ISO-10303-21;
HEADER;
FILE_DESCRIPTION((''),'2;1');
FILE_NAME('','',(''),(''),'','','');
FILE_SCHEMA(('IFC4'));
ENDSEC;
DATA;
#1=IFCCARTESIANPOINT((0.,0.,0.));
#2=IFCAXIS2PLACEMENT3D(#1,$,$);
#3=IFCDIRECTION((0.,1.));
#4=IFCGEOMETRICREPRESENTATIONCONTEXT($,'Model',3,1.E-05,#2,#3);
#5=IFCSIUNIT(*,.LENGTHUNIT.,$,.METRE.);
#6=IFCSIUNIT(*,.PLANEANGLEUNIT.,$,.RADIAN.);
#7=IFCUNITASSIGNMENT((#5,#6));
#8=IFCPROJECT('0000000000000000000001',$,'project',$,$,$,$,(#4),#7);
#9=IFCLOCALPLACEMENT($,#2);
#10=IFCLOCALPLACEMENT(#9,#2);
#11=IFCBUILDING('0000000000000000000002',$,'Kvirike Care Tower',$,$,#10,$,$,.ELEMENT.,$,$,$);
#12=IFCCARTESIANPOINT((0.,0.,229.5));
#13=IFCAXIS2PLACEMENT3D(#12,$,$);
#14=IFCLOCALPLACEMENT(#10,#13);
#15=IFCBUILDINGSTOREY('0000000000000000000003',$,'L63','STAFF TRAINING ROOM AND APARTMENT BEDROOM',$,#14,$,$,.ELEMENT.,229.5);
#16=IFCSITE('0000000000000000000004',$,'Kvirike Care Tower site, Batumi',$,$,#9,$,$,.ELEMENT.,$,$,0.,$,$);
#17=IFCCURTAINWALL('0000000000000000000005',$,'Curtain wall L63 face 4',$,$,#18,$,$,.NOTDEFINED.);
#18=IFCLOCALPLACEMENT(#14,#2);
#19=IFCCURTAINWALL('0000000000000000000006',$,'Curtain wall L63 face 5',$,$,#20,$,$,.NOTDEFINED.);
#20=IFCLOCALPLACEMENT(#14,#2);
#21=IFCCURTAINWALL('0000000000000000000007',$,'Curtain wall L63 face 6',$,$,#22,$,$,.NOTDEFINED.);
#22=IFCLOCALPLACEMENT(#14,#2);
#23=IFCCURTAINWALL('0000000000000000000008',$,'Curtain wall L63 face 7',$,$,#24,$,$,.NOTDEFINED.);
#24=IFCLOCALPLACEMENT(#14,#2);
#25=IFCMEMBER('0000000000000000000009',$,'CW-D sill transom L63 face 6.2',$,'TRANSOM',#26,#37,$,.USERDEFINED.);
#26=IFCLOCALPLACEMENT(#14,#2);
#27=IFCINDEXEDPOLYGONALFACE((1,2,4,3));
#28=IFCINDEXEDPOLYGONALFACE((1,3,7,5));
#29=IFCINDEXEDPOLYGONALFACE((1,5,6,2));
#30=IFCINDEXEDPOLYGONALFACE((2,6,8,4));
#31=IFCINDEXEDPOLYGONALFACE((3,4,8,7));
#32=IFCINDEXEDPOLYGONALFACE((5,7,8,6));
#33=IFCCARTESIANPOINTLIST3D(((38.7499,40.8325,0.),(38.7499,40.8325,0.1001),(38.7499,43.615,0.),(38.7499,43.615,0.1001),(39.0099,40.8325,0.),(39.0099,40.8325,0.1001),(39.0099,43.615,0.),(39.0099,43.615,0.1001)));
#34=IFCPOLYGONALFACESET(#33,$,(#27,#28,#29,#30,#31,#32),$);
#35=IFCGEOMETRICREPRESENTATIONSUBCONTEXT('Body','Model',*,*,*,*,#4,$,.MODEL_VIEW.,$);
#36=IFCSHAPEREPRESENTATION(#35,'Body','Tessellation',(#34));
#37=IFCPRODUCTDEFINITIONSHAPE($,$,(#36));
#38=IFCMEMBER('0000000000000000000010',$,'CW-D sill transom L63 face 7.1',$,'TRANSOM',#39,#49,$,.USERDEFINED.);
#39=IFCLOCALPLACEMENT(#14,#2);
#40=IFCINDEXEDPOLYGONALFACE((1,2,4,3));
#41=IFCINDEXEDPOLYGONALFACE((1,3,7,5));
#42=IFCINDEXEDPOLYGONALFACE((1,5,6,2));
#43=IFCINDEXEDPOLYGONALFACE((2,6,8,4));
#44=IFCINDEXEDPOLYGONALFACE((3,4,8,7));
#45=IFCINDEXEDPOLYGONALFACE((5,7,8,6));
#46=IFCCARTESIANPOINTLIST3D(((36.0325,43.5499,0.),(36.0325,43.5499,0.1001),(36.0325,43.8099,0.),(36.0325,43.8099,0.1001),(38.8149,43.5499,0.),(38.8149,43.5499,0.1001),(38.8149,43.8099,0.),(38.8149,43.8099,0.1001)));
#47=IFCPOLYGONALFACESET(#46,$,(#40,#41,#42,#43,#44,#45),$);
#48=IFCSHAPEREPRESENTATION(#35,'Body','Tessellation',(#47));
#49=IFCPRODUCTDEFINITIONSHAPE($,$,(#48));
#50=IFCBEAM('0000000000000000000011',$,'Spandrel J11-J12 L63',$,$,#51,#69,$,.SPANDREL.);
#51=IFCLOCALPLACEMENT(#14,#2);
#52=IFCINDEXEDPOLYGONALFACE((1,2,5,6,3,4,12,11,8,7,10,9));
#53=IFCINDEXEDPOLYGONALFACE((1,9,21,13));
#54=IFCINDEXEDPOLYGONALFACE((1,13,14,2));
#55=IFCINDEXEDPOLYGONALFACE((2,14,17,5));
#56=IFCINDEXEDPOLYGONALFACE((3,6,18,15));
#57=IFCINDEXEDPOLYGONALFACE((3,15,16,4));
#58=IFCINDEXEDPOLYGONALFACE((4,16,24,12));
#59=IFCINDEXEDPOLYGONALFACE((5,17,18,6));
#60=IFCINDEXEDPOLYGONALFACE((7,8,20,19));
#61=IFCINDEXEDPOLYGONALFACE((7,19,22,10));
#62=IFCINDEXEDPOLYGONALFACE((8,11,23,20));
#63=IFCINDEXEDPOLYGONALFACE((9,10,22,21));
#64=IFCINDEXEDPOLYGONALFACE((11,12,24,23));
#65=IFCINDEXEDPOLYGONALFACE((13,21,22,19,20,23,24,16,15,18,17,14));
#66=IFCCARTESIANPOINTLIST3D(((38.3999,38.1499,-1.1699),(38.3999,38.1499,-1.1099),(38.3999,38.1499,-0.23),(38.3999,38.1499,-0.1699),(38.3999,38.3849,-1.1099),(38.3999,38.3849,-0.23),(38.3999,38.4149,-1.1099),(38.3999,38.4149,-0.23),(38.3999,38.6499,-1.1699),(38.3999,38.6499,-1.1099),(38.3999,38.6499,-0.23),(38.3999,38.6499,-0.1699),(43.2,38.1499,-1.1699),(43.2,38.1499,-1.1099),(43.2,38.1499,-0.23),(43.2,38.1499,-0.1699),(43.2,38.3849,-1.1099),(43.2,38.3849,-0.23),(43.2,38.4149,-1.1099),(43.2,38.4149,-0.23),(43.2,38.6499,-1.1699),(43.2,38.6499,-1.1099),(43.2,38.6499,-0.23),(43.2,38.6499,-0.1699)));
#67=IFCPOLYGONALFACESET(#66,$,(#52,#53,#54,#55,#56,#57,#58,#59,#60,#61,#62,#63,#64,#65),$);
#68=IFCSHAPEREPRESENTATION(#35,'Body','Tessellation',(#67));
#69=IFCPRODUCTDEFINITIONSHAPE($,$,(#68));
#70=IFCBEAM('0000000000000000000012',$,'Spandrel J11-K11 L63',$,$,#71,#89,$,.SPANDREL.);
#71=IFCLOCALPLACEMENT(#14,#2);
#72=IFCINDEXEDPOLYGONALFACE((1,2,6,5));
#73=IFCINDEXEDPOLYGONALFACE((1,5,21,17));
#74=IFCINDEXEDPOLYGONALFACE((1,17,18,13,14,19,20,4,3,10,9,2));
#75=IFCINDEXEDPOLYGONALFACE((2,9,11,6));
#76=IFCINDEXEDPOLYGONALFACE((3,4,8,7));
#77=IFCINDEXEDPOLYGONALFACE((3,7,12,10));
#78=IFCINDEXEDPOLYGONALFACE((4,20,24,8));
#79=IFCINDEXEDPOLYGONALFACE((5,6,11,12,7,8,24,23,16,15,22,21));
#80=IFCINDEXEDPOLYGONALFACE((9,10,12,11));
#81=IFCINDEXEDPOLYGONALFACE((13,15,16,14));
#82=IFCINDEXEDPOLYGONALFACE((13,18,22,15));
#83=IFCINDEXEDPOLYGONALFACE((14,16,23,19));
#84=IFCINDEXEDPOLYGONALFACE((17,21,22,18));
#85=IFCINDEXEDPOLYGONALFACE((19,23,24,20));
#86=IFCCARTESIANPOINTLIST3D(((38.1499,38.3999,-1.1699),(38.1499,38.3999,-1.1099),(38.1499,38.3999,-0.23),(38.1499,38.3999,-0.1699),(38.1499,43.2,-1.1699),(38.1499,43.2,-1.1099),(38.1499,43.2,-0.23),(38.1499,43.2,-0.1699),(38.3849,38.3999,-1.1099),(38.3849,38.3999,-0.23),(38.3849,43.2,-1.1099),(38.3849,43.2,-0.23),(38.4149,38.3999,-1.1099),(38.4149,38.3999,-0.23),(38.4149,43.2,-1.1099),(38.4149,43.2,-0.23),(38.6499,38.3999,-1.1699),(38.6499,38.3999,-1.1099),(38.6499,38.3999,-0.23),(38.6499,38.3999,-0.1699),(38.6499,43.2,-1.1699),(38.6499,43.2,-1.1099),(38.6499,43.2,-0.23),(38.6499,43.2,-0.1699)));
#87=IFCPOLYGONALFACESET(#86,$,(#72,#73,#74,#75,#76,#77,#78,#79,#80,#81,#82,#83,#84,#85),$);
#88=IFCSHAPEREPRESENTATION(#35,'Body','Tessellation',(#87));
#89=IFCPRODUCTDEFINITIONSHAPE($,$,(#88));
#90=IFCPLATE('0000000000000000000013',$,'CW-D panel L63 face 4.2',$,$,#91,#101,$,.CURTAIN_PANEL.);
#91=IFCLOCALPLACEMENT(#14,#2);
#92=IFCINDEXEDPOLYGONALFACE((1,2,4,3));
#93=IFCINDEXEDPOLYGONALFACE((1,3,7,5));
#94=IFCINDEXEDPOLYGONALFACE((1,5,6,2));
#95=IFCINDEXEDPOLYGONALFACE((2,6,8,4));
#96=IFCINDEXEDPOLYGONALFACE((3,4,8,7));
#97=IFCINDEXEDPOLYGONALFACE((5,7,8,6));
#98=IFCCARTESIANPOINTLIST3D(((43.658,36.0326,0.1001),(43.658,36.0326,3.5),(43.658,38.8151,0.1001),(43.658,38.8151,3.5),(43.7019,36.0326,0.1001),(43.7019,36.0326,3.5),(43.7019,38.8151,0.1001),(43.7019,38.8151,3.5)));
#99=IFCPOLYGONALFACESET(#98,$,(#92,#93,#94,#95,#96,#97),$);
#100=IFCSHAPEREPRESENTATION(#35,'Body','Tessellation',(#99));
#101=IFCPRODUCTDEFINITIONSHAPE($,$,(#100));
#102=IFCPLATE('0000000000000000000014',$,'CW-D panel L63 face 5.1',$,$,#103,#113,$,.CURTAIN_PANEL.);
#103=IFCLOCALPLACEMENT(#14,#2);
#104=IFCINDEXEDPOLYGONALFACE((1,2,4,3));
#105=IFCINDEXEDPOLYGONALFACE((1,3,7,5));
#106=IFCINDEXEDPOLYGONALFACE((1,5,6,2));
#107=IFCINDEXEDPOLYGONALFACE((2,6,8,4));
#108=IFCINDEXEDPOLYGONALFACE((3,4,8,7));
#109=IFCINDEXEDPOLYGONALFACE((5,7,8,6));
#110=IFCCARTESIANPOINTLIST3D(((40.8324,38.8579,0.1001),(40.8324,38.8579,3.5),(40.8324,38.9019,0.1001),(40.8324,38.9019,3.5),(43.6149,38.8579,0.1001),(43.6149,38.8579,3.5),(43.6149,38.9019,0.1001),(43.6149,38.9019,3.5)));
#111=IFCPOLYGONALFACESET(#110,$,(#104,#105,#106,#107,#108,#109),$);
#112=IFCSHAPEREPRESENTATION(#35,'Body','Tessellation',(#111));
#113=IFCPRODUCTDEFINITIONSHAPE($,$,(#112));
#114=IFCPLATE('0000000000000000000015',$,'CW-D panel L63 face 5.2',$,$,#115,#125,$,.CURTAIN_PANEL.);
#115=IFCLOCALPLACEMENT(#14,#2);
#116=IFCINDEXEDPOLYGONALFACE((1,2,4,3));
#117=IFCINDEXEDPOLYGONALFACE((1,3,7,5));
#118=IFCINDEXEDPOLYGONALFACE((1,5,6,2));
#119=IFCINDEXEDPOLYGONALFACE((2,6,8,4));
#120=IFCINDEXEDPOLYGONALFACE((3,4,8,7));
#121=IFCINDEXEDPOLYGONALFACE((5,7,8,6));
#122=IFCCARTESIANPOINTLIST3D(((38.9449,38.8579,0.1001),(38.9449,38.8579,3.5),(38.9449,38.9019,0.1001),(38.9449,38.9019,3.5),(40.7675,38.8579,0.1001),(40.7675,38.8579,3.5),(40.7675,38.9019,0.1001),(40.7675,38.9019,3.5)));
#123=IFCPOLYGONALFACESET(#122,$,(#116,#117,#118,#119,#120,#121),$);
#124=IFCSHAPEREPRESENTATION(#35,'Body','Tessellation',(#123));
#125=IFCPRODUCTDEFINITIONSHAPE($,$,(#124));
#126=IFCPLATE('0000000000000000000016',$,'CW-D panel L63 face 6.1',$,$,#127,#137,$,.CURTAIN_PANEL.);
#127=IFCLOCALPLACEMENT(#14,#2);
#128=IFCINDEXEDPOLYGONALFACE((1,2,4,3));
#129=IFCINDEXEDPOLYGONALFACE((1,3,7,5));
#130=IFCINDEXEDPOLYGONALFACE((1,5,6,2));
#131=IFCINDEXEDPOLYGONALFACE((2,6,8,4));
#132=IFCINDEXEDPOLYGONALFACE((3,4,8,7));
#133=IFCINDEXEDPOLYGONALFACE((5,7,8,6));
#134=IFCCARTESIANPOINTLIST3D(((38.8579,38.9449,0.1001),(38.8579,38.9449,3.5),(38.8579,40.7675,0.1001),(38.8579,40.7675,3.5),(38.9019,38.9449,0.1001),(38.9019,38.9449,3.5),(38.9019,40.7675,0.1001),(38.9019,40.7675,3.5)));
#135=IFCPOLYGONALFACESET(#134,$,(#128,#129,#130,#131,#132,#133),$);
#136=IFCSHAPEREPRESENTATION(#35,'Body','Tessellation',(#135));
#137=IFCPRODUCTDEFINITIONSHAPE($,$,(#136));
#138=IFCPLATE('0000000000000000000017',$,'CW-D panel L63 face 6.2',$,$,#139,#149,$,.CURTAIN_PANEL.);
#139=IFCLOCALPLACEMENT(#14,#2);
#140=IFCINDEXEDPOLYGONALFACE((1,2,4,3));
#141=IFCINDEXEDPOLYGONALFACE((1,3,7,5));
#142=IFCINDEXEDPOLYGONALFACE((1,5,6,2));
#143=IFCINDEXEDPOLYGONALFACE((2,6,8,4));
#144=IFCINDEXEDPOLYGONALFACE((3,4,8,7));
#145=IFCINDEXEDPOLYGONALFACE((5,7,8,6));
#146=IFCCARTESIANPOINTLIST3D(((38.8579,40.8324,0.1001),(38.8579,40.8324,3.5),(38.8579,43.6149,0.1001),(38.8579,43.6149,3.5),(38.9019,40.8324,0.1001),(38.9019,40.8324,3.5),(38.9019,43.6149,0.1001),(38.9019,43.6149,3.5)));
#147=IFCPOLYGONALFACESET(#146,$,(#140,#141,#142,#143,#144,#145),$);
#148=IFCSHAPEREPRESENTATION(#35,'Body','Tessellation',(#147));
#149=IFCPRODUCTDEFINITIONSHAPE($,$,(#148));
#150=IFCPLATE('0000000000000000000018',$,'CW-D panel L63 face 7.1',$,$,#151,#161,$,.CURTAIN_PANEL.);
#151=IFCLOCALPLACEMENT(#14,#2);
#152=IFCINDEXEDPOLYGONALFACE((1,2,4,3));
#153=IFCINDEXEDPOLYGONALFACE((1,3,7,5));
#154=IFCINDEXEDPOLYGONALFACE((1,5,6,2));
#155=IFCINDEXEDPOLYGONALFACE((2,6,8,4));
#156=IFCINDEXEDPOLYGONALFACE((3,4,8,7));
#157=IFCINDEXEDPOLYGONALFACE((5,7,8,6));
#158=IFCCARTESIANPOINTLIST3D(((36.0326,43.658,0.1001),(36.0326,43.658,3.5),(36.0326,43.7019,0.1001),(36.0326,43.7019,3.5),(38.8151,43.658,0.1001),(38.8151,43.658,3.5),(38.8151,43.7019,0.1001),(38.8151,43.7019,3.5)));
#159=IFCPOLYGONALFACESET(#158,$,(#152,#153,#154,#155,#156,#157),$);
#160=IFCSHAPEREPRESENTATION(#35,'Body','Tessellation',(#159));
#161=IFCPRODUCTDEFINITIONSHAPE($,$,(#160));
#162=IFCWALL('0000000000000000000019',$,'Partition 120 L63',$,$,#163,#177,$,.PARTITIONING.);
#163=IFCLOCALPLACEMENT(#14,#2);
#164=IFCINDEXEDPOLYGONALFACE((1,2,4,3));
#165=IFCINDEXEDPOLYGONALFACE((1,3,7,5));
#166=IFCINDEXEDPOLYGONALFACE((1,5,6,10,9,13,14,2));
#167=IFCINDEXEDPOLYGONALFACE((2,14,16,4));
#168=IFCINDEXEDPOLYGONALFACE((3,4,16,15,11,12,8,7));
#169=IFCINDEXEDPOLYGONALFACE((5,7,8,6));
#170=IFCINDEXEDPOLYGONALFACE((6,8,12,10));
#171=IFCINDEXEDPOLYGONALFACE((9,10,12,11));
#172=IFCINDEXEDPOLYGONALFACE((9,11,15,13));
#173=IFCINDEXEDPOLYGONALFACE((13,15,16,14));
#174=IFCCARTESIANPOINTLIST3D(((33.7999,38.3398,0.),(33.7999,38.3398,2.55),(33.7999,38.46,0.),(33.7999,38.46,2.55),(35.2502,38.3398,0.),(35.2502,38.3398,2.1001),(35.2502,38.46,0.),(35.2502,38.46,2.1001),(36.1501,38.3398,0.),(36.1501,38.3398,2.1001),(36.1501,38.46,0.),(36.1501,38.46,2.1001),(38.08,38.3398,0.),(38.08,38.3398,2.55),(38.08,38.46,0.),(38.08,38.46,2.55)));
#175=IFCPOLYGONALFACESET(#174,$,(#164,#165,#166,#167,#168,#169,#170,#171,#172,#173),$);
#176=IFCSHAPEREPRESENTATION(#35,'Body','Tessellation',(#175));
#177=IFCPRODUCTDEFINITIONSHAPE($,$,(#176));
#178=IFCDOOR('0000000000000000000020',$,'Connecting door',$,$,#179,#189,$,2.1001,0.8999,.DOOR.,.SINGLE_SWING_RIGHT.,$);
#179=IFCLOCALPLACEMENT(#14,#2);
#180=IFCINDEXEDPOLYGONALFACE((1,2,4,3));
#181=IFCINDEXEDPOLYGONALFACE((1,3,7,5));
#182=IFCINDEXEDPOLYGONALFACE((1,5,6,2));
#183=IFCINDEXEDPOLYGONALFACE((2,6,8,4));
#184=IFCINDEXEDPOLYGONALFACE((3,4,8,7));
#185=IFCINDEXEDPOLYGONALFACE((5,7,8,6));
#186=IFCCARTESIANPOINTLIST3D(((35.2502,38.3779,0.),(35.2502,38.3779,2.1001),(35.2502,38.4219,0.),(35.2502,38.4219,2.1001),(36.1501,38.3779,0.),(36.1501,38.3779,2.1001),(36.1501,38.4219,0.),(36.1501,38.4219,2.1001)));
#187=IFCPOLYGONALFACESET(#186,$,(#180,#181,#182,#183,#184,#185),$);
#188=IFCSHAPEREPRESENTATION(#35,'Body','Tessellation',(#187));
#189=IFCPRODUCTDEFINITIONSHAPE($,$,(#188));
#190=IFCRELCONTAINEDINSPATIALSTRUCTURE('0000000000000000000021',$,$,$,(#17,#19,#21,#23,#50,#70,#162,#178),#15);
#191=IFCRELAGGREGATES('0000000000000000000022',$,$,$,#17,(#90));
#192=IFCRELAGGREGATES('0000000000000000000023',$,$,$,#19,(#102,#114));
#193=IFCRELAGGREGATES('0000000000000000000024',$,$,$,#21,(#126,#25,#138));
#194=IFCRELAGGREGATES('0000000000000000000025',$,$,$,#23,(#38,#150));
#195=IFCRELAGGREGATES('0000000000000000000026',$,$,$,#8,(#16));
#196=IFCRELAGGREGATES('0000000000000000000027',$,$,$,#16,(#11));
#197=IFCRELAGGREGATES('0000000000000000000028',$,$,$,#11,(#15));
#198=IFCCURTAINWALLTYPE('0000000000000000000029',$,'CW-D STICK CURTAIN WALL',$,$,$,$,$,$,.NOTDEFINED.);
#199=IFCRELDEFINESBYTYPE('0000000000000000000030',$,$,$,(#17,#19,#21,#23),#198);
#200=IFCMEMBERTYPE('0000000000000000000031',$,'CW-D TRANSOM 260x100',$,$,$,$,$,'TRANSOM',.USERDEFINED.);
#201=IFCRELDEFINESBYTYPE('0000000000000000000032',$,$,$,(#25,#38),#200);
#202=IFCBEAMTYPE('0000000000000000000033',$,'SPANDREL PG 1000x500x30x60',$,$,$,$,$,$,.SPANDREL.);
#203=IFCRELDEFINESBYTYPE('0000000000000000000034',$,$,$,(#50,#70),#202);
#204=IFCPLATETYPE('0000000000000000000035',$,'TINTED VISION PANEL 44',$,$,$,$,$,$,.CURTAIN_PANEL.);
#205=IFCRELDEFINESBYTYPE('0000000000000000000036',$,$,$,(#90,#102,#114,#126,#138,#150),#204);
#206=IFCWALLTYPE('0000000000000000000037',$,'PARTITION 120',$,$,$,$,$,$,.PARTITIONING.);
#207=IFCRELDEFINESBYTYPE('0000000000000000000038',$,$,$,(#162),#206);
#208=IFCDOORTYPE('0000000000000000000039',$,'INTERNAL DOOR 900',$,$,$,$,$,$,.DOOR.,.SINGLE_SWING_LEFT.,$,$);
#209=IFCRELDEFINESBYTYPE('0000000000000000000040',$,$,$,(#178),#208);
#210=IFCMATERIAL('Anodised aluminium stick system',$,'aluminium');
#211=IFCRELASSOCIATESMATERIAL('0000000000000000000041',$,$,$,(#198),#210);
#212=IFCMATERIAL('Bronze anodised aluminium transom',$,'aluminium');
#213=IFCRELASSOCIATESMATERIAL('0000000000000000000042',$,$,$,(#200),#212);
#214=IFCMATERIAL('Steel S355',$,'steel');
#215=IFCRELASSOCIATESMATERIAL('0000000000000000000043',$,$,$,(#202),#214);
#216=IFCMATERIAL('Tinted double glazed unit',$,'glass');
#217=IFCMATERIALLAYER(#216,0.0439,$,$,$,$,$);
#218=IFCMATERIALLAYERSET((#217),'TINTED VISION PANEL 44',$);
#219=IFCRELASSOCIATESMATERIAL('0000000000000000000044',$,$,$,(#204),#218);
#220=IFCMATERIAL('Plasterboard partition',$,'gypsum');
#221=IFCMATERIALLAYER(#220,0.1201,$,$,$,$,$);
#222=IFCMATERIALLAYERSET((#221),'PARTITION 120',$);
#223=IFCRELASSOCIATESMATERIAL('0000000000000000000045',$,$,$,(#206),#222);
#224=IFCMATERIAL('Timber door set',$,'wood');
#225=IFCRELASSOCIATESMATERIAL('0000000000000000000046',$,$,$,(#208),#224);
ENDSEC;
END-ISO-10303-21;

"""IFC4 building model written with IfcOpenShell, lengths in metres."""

from ifc_helpers import new_model, si_unit, direction, frame, frame_2d, origin, origin_2d, place, context, subcontext, project, spatial, rectangle, i_section, extrude, material, layer, layer_set, material_profile, profile_set, type_object, element, fill, aggregate, save


model = new_model("IFC4")

# Units and contexts
model_context = context("Model", 3, precision=1e-05, world=origin(), true_north=direction((0.0, 1.0)))
body_context = subcontext(model_context, "Body", "Model", "MODEL_VIEW")
ifc_project = project(units=[si_unit("LENGTHUNIT", "METRE"), si_unit("PLANEANGLEUNIT", "RADIAN")], contexts=[model_context])

# Site, building, storey
site_placement = place(None, origin())
site = spatial("IfcSite", under=ifc_project, at=site_placement, Name="Kvirike Care Tower site, Batumi", CompositionType="ELEMENT", RefElevation=0.0)
building_placement = place(site_placement, origin())
building = spatial("IfcBuilding", under=site, at=building_placement, Name="Kvirike Care Tower", CompositionType="ELEMENT")
storey_placement = place(building_placement, frame((0.0, 0.0, 229.5)))
storey = spatial("IfcBuildingStorey", under=building, at=storey_placement, Name="L63", Description="STAFF TRAINING ROOM AND APARTMENT BEDROOM", CompositionType="ELEMENT", Elevation=229.5)

# Curtain wall
ifc_material_1 = material(Name="Anodised aluminium stick system", Category="aluminium")
curtain_wall_type = type_object("IfcCurtainWallType", Name="CW-D STICK CURTAIN WALL", PredefinedType="NOTDEFINED", material=ifc_material_1)
curtain_wall_1_placement = place(storey_placement, origin())
curtain_wall_1 = element("IfcCurtainWall", 1, at=curtain_wall_1_placement, inside=storey, type_object=curtain_wall_type, Name="Curtain wall L63 face 4", PredefinedType="NOTDEFINED")

# Curtain walls
curtain_wall_2_placement = place(storey_placement, origin())
curtain_wall_2 = element("IfcCurtainWall", 2, at=curtain_wall_2_placement, inside=storey, type_object=curtain_wall_type, Name="Curtain wall L63 face 5", PredefinedType="NOTDEFINED")
curtain_wall_3_placement = place(storey_placement, origin())
curtain_wall_3 = element("IfcCurtainWall", 3, at=curtain_wall_3_placement, inside=storey, type_object=curtain_wall_type, Name="Curtain wall L63 face 6", PredefinedType="NOTDEFINED")

# Curtain wall
curtain_wall_4_placement = place(storey_placement, origin())
curtain_wall_4 = element("IfcCurtainWall", 4, at=curtain_wall_4_placement, inside=storey, type_object=curtain_wall_type, Name="Curtain wall L63 face 7", PredefinedType="NOTDEFINED")

# Members
ifc_material_2 = material(Name="Bronze anodised aluminium transom", Category="aluminium")
ifc_material_profile_1 = material_profile(ifc_material_2, rectangle(XDim=0.26, YDim=0.1001, at=origin_2d()), Name="CW-D TRANSOM 260x100")
ifc_profile_set_1 = profile_set([ifc_material_profile_1], Name="Bronze anodised aluminium transom")
member_type_1 = type_object("IfcMemberType", Name="CW-D TRANSOM 260x100", ElementType="TRANSOM", PredefinedType="USERDEFINED", material=ifc_profile_set_1)
member_1_placement = place(storey_placement, frame((38.8799, 40.8325, 0.05), z_axis=(0.0, 1.0, 0.0), x_axis=(-1.0, 0.0, 0.0)))
member_1 = element("IfcMember", 5, at=member_1_placement, type_object=member_type_1, Name="CW-D sill transom L63 face 6.2", ObjectType="TRANSOM", PredefinedType="USERDEFINED", context=body_context, shape_type="SweptSolid", body=[
    extrude(rectangle(XDim=0.26, YDim=0.1001, at=origin_2d()), origin(), (0.0, 0.0, 1.0), 2.7825),
])
member_2_placement = place(storey_placement, frame((38.8149, 43.6799, 0.05), z_axis=(-1.0, 0.0, 0.0), x_axis=(0.0, -1.0, 0.0)))
member_2 = element("IfcMember", 6, at=member_2_placement, type_object=member_type_1, Name="CW-D sill transom L63 face 7.1", ObjectType="TRANSOM", PredefinedType="USERDEFINED", context=body_context, shape_type="SweptSolid", body=[
    extrude(rectangle(XDim=0.26, YDim=0.1001, at=origin_2d()), origin(), (0.0, 0.0, 1.0), 2.7825),
])

# Beams
ifc_material_3 = material(Name="Steel S355", Category="steel")
ifc_material_profile_2 = material_profile(ifc_material_3, i_section(OverallWidth=0.5, OverallDepth=1.0, WebThickness=0.03, FlangeThickness=0.0601, at=origin_2d()), Name="PG 1000x500x30x60")
ifc_profile_set_2 = profile_set([ifc_material_profile_2], Name="Steel S355")
beam_type = type_object("IfcBeamType", Name="SPANDREL PG 1000x500x30x60", PredefinedType="SPANDREL", material=ifc_profile_set_2)
for number, where, z_axis, x_axis, name in (
    (7, (38.3999, 38.3999, -0.6699), (1.0, 0.0, 0.0), (0.0, 1.0, 0.0), "Spandrel J11-J12 L63"),
    (8, (38.3999, 38.3999, -0.6699), (0.0, 1.0, 0.0), (-1.0, 0.0, 0.0), "Spandrel J11-K11 L63"),
):
    element("IfcBeam", number, at=place(storey_placement, frame(where, z_axis=z_axis, x_axis=x_axis)), inside=storey, type_object=beam_type, Name=name, PredefinedType="SPANDREL", context=body_context, shape_type="SweptSolid", body=[
        extrude(i_section(OverallWidth=0.5, OverallDepth=1.0, WebThickness=0.03, FlangeThickness=0.0601, at=origin_2d()), origin(), (0.0, 0.0, 1.0), 4.8),
    ])

# Plates
ifc_material_4 = material(Name="Tinted double glazed unit", Category="glass")
ifc_layer_1 = layer(ifc_material_4, 0.0439)
ifc_layer_set_1 = layer_set([ifc_layer_1], Name="TINTED VISION PANEL 44")
plate_type = type_object("IfcPlateType", Name="TINTED VISION PANEL 44", PredefinedType="CURTAIN_PANEL", material=ifc_layer_set_1)
plate_1_placement = place(storey_placement, frame((43.6799, 37.4238, 0.1001), z_axis=(0.0, 0.0, 1.0), x_axis=(0.0, 1.0, 0.0)))
plate_1 = element("IfcPlate", 9, at=plate_1_placement, type_object=plate_type, Name="CW-D panel L63 face 4.2", PredefinedType="CURTAIN_PANEL", context=body_context, shape_type="SweptSolid", body=[
    extrude(rectangle(XDim=2.7825, YDim=0.0439, at=origin_2d()), origin(), (0.0, 0.0, 1.0), 3.3999),
])
aggregate(curtain_wall_1, [plate_1])
plate_2_placement = place(storey_placement, frame((42.2236, 38.8799, 0.1001), z_axis=(0.0, 0.0, 1.0), x_axis=(-1.0, 0.0, 0.0)))
plate_2 = element("IfcPlate", 10, at=plate_2_placement, type_object=plate_type, Name="CW-D panel L63 face 5.1", PredefinedType="CURTAIN_PANEL", context=body_context, shape_type="SweptSolid", body=[
    extrude(rectangle(XDim=2.7825, YDim=0.0439, at=origin_2d()), origin(), (0.0, 0.0, 1.0), 3.3999),
])
plate_3_placement = place(storey_placement, frame((39.8562, 38.8799, 0.1001), z_axis=(0.0, 0.0, 1.0), x_axis=(-1.0, 0.0, 0.0)))
plate_3 = element("IfcPlate", 11, at=plate_3_placement, type_object=plate_type, Name="CW-D panel L63 face 5.2", PredefinedType="CURTAIN_PANEL", context=body_context, shape_type="SweptSolid", body=[
    extrude(rectangle(XDim=1.8225, YDim=0.0439, at=origin_2d()), origin(), (0.0, 0.0, 1.0), 3.3999),
])
aggregate(curtain_wall_2, [plate_2, plate_3])
plate_4_placement = place(storey_placement, frame((38.8799, 39.8562, 0.1001), z_axis=(0.0, 0.0, 1.0), x_axis=(0.0, 1.0, 0.0)))
plate_4 = element("IfcPlate", 12, at=plate_4_placement, type_object=plate_type, Name="CW-D panel L63 face 6.1", PredefinedType="CURTAIN_PANEL", context=body_context, shape_type="SweptSolid", body=[
    extrude(rectangle(XDim=1.8225, YDim=0.0439, at=origin_2d()), origin(), (0.0, 0.0, 1.0), 3.3999),
])
plate_5_placement = place(storey_placement, frame((38.8799, 42.2236, 0.1001), z_axis=(0.0, 0.0, 1.0), x_axis=(0.0, 1.0, 0.0)))
plate_5 = element("IfcPlate", 13, at=plate_5_placement, type_object=plate_type, Name="CW-D panel L63 face 6.2", PredefinedType="CURTAIN_PANEL", context=body_context, shape_type="SweptSolid", body=[
    extrude(rectangle(XDim=2.7825, YDim=0.0439, at=origin_2d()), origin(), (0.0, 0.0, 1.0), 3.3999),
])
aggregate(curtain_wall_3, [plate_4, member_1, plate_5])
plate_6_placement = place(storey_placement, frame((37.4238, 43.6799, 0.1001), z_axis=(0.0, 0.0, 1.0), x_axis=(-1.0, 0.0, 0.0)))
plate_6 = element("IfcPlate", 14, at=plate_6_placement, type_object=plate_type, Name="CW-D panel L63 face 7.1", PredefinedType="CURTAIN_PANEL", context=body_context, shape_type="SweptSolid", body=[
    extrude(rectangle(XDim=2.7825, YDim=0.0439, at=origin_2d()), origin(), (0.0, 0.0, 1.0), 3.3999),
])
aggregate(curtain_wall_4, [member_2, plate_6])

# Wall, opening, door
ifc_material_5 = material(Name="Plasterboard partition", Category="gypsum")
ifc_layer_2 = layer(ifc_material_5, 0.1201)
ifc_layer_set_2 = layer_set([ifc_layer_2], Name="PARTITION 120")
wall_type = type_object("IfcWallType", Name="PARTITION 120", PredefinedType="PARTITIONING", material=ifc_layer_set_2)
wall_placement = place(storey_placement, frame((38.0801, 38.3999, 0.0), z_axis=(0.0, 0.0, 1.0), x_axis=(-1.0, 0.0, 0.0)))
wall = element("IfcWall", 15, at=wall_placement, inside=storey, type_object=wall_type, Name="Partition 120 L63", PredefinedType="PARTITIONING", context=body_context, shape_type="SweptSolid", body=[
    extrude(rectangle(XDim=4.28, YDim=0.1201, at=frame_2d((2.1401, 0.0))), origin(), (0.0, 0.0, 1.0), 2.55),
])
opening_placement = place(wall_placement, frame((1.9299, 0.0, 0.0)))
opening = element("IfcOpeningElement", 16, at=opening_placement, cuts=wall, PredefinedType="OPENING", context=body_context, shape_type="SweptSolid", body=[
    extrude(rectangle(XDim=0.8999, YDim=2.1001, at=frame_2d((0.45, 1.05))), frame((0.0, 0.0706, 0.0), z_axis=(0.0, -1.0, 0.0), x_axis=(1.0, 0.0, 0.0)), (0.0, 0.0, 1.0), 0.1411),
])
ifc_material_6 = material(Name="Timber door set", Category="wood")
door_type = type_object("IfcDoorType", Name="INTERNAL DOOR 900", OperationType="SINGLE_SWING_LEFT", PredefinedType="DOOR", material=ifc_material_6)
door_placement = place(opening_placement, frame((0.8999, 0.0, 0.0), z_axis=(0.0, 0.0, 1.0), x_axis=(-1.0, 0.0, 0.0)))
door = element("IfcDoor", 17, at=door_placement, inside=storey, type_object=door_type, Name="Connecting door", OperationType="SINGLE_SWING_RIGHT", OverallHeight=2.1001, OverallWidth=0.8999, PredefinedType="DOOR", context=body_context, shape_type="SweptSolid", body=[
    extrude(rectangle(XDim=0.8999, YDim=2.1001, at=frame_2d((0.45, 1.05))), frame((0.0, 0.022, 0.0), z_axis=(0.0, -1.0, 0.0), x_axis=(1.0, 0.0, 0.0)), (0.0, 0.0, 1.0), 0.0439),
])
fill(opening, door)

save(model, "model.ifc")
